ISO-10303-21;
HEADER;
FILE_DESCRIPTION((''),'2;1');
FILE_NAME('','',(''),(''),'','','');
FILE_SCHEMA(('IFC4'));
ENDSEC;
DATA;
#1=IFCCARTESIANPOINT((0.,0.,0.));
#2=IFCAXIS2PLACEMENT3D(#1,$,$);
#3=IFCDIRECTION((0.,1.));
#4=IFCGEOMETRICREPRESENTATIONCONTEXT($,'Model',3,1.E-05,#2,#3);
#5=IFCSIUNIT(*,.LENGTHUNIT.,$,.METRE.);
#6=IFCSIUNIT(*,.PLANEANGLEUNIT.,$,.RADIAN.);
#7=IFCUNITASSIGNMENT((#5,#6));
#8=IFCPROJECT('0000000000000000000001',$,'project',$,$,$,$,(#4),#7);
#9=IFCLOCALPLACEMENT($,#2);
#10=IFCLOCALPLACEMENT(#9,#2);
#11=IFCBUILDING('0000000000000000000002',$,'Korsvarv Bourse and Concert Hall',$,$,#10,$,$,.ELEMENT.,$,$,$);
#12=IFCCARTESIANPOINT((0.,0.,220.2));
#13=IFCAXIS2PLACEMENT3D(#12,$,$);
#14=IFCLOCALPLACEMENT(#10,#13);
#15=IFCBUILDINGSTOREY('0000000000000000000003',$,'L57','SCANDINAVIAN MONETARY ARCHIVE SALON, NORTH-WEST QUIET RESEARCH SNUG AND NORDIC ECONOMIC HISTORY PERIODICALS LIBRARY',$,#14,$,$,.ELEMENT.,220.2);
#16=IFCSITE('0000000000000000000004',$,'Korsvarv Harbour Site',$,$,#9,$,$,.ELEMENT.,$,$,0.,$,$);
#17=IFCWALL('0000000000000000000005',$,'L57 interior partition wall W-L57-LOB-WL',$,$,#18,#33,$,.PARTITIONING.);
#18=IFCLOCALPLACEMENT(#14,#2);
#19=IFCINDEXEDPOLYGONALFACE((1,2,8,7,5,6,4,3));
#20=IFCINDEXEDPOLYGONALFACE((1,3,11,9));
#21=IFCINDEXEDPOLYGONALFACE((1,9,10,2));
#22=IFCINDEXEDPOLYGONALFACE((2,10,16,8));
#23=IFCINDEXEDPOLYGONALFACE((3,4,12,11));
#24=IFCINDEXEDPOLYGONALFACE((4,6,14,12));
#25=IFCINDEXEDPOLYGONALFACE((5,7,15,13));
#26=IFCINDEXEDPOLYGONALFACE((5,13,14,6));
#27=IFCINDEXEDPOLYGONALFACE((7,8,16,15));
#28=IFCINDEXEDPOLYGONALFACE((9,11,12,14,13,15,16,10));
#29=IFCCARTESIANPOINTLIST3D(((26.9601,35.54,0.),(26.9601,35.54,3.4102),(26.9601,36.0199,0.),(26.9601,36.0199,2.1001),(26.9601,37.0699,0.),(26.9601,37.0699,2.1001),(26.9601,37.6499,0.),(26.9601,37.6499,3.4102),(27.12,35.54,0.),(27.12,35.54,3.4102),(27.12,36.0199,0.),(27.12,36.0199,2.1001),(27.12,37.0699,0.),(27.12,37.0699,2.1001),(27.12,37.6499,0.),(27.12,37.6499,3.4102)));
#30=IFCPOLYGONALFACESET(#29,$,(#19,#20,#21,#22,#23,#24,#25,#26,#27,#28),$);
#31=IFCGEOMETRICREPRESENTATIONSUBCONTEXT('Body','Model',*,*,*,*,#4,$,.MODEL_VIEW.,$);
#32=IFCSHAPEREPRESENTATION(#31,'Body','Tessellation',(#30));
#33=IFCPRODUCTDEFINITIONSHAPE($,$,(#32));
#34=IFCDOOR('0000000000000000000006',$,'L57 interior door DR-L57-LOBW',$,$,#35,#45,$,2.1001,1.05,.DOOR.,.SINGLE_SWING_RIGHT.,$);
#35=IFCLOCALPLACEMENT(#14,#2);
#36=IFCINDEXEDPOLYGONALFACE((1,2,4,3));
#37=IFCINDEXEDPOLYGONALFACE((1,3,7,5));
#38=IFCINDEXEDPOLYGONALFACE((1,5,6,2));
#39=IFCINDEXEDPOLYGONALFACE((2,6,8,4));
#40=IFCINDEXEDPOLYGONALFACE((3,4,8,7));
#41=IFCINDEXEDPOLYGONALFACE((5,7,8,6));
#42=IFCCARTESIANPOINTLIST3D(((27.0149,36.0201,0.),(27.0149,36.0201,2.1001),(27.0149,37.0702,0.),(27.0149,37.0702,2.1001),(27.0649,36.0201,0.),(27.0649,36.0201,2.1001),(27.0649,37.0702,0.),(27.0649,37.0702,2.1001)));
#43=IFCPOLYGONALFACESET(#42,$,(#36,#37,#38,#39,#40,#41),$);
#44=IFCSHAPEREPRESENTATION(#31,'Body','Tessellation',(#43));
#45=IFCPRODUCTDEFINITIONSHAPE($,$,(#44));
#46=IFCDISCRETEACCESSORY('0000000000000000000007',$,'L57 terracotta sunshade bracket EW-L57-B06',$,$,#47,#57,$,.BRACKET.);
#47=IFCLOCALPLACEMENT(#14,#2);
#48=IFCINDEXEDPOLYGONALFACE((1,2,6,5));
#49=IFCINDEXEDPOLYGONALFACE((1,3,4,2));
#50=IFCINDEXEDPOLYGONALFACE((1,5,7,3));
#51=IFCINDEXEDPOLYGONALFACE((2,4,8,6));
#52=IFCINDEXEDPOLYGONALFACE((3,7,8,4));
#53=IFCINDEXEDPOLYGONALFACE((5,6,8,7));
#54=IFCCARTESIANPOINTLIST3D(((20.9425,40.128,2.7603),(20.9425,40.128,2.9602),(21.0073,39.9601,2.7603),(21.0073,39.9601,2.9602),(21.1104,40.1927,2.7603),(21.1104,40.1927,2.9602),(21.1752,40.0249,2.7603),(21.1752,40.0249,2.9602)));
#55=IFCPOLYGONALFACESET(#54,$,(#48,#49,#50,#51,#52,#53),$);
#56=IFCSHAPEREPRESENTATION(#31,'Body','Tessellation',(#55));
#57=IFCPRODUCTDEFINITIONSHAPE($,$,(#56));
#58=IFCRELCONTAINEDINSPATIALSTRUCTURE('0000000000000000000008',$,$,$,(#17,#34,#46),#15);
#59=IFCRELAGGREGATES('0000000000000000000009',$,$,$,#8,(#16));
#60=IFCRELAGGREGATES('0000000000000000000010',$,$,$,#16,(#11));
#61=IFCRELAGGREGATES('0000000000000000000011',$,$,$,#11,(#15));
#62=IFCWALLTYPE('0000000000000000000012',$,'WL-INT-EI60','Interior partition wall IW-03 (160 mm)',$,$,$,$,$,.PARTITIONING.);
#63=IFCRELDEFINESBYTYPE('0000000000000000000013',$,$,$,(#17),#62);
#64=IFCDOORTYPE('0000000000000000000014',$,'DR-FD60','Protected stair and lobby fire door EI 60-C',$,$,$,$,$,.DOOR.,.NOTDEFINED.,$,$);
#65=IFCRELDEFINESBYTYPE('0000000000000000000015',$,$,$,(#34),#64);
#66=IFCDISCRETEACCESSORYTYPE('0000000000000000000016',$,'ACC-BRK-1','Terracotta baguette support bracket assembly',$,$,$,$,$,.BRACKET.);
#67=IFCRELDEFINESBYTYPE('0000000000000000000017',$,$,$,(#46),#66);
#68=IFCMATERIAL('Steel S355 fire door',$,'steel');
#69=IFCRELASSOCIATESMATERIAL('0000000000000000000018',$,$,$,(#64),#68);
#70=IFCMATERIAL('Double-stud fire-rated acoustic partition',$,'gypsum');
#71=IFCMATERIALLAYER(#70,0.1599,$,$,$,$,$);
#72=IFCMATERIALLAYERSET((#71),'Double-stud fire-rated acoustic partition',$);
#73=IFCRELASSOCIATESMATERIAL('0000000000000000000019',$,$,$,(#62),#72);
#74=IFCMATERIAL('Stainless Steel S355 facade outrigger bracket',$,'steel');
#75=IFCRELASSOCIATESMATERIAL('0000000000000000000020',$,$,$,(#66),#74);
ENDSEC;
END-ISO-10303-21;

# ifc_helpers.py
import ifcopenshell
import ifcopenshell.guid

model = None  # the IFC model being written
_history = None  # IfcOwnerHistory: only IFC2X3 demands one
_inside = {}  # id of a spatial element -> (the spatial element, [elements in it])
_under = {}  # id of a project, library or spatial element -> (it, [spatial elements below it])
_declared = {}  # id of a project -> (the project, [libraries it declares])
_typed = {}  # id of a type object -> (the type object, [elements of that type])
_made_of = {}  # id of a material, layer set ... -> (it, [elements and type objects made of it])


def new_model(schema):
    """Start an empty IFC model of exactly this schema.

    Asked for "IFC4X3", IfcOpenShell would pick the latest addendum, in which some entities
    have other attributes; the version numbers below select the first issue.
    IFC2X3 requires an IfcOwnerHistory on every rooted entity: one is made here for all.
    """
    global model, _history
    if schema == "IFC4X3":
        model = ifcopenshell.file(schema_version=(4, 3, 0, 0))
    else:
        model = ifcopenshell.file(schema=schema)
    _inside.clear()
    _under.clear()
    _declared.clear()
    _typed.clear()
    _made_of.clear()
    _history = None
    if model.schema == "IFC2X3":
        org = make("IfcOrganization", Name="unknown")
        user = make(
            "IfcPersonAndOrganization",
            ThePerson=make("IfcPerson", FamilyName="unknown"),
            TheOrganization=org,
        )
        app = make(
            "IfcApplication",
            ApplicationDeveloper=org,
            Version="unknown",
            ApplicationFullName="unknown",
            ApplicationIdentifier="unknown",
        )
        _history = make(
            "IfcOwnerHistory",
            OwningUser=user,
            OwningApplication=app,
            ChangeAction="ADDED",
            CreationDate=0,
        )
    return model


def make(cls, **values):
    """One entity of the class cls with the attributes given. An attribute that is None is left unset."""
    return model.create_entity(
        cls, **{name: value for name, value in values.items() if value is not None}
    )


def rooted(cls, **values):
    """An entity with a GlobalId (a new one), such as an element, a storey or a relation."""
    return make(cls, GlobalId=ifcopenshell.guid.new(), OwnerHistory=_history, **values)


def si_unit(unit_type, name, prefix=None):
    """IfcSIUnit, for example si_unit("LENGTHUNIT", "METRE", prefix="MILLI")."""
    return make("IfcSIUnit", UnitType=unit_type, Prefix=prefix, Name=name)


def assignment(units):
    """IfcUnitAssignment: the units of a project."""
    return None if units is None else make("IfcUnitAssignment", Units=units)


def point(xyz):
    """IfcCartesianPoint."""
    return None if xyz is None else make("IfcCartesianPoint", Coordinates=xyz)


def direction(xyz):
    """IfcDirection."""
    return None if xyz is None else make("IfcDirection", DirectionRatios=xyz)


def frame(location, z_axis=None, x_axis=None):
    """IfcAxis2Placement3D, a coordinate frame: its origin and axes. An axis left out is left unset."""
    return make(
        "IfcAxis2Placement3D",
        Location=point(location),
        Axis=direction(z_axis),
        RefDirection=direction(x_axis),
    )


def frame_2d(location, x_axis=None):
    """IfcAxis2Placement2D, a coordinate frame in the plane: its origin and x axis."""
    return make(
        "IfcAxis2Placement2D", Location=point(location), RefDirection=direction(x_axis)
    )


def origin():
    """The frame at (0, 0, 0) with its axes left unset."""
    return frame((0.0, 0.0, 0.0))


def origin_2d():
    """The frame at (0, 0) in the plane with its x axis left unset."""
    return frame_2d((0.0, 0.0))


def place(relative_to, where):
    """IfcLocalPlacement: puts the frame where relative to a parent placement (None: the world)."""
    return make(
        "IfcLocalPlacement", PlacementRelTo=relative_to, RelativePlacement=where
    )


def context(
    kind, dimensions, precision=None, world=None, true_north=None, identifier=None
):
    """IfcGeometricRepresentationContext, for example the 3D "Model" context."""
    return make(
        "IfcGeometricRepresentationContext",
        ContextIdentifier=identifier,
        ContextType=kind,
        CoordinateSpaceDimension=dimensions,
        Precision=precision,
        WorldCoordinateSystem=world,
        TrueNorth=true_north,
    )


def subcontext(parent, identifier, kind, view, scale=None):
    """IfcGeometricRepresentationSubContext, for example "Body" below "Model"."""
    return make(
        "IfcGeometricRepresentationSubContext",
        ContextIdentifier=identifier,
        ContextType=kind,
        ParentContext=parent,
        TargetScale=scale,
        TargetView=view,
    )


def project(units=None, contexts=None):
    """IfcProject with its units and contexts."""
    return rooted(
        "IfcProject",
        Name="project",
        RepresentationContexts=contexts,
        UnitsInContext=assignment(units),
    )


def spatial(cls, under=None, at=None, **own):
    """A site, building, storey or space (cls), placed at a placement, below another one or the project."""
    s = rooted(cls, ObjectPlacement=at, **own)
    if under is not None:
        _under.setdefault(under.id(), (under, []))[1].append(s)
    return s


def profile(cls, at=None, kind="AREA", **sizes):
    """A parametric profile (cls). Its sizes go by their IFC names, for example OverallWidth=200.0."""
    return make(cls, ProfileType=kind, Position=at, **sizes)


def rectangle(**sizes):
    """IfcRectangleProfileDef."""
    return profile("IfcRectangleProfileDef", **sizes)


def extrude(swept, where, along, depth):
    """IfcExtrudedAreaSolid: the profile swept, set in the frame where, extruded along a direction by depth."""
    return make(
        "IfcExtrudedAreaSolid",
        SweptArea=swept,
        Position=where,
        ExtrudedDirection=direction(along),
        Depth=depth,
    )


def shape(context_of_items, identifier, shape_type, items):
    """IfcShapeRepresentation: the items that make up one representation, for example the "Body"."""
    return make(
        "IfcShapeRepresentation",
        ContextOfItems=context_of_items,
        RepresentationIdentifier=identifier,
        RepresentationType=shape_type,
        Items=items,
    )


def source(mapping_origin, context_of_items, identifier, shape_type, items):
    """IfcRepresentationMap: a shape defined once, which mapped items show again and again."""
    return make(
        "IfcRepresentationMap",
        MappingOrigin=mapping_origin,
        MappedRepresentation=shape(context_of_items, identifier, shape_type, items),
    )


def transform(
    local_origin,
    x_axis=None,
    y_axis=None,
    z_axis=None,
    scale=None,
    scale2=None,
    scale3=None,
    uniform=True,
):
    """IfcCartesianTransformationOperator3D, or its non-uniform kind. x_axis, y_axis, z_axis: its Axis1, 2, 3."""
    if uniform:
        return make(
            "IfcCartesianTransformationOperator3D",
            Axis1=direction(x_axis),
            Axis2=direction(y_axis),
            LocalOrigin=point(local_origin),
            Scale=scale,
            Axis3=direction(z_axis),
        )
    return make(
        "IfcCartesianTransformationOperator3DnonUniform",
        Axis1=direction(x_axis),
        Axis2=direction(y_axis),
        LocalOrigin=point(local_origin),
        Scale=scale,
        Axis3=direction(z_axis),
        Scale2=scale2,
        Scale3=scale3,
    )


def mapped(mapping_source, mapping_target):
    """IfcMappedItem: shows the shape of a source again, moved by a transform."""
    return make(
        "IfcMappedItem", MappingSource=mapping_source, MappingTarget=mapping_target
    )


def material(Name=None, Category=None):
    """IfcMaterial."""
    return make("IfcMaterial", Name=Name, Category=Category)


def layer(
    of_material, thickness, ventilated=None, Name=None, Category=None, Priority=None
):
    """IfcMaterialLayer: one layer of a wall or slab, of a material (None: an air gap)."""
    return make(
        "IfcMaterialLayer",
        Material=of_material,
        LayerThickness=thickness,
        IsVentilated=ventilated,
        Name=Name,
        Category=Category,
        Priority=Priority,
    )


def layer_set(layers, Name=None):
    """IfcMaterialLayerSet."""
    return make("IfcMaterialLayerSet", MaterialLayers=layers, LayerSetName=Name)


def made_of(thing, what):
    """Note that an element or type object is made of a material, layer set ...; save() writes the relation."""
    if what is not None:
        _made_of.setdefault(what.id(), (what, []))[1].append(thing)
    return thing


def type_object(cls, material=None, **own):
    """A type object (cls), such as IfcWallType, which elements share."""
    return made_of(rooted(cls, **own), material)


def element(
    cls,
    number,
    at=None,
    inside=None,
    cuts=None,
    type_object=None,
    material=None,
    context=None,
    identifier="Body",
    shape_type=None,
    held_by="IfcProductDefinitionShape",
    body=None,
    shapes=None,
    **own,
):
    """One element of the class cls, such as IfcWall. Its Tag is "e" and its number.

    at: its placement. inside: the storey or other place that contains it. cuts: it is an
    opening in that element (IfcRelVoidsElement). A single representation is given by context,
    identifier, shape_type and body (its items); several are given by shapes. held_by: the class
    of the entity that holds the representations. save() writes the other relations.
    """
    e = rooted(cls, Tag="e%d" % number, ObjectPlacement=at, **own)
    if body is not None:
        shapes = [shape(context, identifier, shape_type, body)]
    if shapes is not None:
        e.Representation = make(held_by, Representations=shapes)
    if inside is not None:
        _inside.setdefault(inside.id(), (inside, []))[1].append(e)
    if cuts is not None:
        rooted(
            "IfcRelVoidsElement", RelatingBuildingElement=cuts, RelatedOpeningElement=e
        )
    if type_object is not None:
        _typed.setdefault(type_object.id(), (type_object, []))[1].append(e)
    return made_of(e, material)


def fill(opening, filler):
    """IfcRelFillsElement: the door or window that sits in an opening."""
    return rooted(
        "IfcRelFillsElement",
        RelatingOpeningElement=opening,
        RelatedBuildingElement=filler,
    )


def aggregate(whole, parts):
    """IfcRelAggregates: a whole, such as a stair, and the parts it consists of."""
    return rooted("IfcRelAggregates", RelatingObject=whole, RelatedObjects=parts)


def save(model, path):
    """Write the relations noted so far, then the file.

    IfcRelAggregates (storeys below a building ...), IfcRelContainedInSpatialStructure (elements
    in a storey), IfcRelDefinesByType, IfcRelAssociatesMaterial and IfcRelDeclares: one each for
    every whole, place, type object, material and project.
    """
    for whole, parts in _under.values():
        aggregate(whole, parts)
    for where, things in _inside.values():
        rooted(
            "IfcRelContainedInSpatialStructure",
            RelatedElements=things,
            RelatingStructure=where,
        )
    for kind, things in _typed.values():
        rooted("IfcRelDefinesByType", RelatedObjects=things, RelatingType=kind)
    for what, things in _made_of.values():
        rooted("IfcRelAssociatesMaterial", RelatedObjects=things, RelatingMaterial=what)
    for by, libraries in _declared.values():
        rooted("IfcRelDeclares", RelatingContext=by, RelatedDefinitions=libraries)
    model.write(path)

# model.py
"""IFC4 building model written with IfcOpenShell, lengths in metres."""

from ifc_helpers import new_model, si_unit, direction, frame, frame_2d, origin, origin_2d, place, context, subcontext, project, spatial, rectangle, extrude, source, transform, mapped, material, layer, layer_set, type_object, element, fill, save


model = new_model("IFC4")

# Units and contexts
model_context = context("Model", 3, precision=1e-05, world=origin(), true_north=direction((0.0, 1.0)))
body_context = subcontext(model_context, "Body", "Model", "MODEL_VIEW")
ifc_project = project(units=[si_unit("LENGTHUNIT", "METRE"), si_unit("PLANEANGLEUNIT", "RADIAN")], contexts=[model_context])

# Site, building, storey
site_placement = place(None, origin())
site = spatial("IfcSite", under=ifc_project, at=site_placement, Name="Korsvarv Harbour Site", CompositionType="ELEMENT", RefElevation=0.0)
building_placement = place(site_placement, origin())
building = spatial("IfcBuilding", under=site, at=building_placement, Name="Korsvarv Bourse and Concert Hall", CompositionType="ELEMENT")
storey_placement = place(building_placement, frame((0.0, 0.0, 220.2)))
storey = spatial("IfcBuildingStorey", under=building, at=storey_placement, Name="L57", Description="SCANDINAVIAN MONETARY ARCHIVE SALON, NORTH-WEST QUIET RESEARCH SNUG AND NORDIC ECONOMIC HISTORY PERIODICALS LIBRARY", CompositionType="ELEMENT", Elevation=220.2)

# Shared definitions
ifc_material_1 = material(Name="Steel S355 fire door", Category="steel")
door_type = type_object("IfcDoorType", Name="DR-FD60", Description="Protected stair and lobby fire door EI 60-C", OperationType="NOTDEFINED", PredefinedType="DOOR", material=ifc_material_1)

# Shared definitions
ifc_material_2 = material(Name="Double-stud fire-rated acoustic partition", Category="gypsum")
ifc_layer_1 = layer(ifc_material_2, 0.1599)
ifc_layer_set_1 = layer_set([ifc_layer_1], Name="Double-stud fire-rated acoustic partition")
wall_type_1 = type_object("IfcWallType", Name="WL-INT-EI60", Description="Interior partition wall IW-03 (160 mm)", PredefinedType="PARTITIONING", material=ifc_layer_set_1)

# Wall, opening, door
wall_1_placement = place(storey_placement, frame((27.04, 35.54, 0.0), z_axis=(0.0, 0.0, 1.0), x_axis=(0.0, 1.0, 0.0)))
wall_1 = element("IfcWall", 1, at=wall_1_placement, inside=storey, type_object=wall_type_1, Name="L57 interior partition wall W-L57-LOB-WL", PredefinedType="PARTITIONING", context=body_context, shape_type="SweptSolid", body=[
    extrude(rectangle(XDim=2.1099, YDim=0.1599, at=frame_2d((1.0549, 0.0))), origin(), (0.0, 0.0, 1.0), 3.4102),
])
opening_1_placement = place(wall_1_placement, frame((0.48, 0.0, 0.0)))
opening_1 = element("IfcOpeningElement", 2, at=opening_1_placement, cuts=wall_1, PredefinedType="OPENING", context=body_context, shape_type="SweptSolid", body=[
    extrude(rectangle(XDim=1.05, YDim=2.1001, at=frame_2d((0.5249, 1.05))), frame((0.0, 0.0898, 0.0), z_axis=(0.0, -1.0, 0.0), x_axis=(1.0, 0.0, 0.0)), (0.0, 0.0, 1.0), 0.1799),
])
door_1_placement = place(opening_1_placement, frame((1.05, 0.0, 0.0), z_axis=(0.0, 0.0, 1.0), x_axis=(-1.0, 0.0, 0.0)))
door_1 = element("IfcDoor", 3, at=door_1_placement, inside=storey, type_object=door_type, Name="L57 interior door DR-L57-LOBW", OperationType="SINGLE_SWING_RIGHT", OverallHeight=2.1001, OverallWidth=1.05, PredefinedType="DOOR", context=body_context, shape_type="SweptSolid", body=[
    extrude(rectangle(XDim=1.05, YDim=2.1001, at=frame_2d((0.5249, 1.05))), frame((0.0, 0.0249, 0.0), z_axis=(0.0, -1.0, 0.0), x_axis=(1.0, 0.0, 0.0)), (0.0, 0.0, 1.0), 0.05),
])
fill(opening_1, door_1)

# Discrete accessory
ifc_material_3 = material(Name="Stainless Steel S355 facade outrigger bracket", Category="steel")
discrete_accessory_type = type_object("IfcDiscreteAccessoryType", Name="ACC-BRK-1", Description="Terracotta baguette support bracket assembly", PredefinedType="BRACKET", material=ifc_material_3)
shared_shape_1 = source(origin(), body_context, "Body", "SweptSolid", [
    extrude(rectangle(XDim=0.1799, YDim=0.1799, at=origin_2d()), origin(), (0.0, 0.0, 1.0), 0.2),
])
discrete_accessory_placement = place(storey_placement, frame((21.0588, 40.0764, 2.7603), z_axis=(0.0, 0.0, 1.0), x_axis=(0.359997, -0.932954, 0.0)))
element("IfcDiscreteAccessory", 4, at=discrete_accessory_placement, inside=storey, type_object=discrete_accessory_type, Name="L57 terracotta sunshade bracket EW-L57-B06", PredefinedType="BRACKET", context=body_context, shape_type="MappedRepresentation", body=[
    mapped(shared_shape_1, transform((0.0, 0.0, 0.0), scale=1.0)),
])

save(model, "model.ifc")
